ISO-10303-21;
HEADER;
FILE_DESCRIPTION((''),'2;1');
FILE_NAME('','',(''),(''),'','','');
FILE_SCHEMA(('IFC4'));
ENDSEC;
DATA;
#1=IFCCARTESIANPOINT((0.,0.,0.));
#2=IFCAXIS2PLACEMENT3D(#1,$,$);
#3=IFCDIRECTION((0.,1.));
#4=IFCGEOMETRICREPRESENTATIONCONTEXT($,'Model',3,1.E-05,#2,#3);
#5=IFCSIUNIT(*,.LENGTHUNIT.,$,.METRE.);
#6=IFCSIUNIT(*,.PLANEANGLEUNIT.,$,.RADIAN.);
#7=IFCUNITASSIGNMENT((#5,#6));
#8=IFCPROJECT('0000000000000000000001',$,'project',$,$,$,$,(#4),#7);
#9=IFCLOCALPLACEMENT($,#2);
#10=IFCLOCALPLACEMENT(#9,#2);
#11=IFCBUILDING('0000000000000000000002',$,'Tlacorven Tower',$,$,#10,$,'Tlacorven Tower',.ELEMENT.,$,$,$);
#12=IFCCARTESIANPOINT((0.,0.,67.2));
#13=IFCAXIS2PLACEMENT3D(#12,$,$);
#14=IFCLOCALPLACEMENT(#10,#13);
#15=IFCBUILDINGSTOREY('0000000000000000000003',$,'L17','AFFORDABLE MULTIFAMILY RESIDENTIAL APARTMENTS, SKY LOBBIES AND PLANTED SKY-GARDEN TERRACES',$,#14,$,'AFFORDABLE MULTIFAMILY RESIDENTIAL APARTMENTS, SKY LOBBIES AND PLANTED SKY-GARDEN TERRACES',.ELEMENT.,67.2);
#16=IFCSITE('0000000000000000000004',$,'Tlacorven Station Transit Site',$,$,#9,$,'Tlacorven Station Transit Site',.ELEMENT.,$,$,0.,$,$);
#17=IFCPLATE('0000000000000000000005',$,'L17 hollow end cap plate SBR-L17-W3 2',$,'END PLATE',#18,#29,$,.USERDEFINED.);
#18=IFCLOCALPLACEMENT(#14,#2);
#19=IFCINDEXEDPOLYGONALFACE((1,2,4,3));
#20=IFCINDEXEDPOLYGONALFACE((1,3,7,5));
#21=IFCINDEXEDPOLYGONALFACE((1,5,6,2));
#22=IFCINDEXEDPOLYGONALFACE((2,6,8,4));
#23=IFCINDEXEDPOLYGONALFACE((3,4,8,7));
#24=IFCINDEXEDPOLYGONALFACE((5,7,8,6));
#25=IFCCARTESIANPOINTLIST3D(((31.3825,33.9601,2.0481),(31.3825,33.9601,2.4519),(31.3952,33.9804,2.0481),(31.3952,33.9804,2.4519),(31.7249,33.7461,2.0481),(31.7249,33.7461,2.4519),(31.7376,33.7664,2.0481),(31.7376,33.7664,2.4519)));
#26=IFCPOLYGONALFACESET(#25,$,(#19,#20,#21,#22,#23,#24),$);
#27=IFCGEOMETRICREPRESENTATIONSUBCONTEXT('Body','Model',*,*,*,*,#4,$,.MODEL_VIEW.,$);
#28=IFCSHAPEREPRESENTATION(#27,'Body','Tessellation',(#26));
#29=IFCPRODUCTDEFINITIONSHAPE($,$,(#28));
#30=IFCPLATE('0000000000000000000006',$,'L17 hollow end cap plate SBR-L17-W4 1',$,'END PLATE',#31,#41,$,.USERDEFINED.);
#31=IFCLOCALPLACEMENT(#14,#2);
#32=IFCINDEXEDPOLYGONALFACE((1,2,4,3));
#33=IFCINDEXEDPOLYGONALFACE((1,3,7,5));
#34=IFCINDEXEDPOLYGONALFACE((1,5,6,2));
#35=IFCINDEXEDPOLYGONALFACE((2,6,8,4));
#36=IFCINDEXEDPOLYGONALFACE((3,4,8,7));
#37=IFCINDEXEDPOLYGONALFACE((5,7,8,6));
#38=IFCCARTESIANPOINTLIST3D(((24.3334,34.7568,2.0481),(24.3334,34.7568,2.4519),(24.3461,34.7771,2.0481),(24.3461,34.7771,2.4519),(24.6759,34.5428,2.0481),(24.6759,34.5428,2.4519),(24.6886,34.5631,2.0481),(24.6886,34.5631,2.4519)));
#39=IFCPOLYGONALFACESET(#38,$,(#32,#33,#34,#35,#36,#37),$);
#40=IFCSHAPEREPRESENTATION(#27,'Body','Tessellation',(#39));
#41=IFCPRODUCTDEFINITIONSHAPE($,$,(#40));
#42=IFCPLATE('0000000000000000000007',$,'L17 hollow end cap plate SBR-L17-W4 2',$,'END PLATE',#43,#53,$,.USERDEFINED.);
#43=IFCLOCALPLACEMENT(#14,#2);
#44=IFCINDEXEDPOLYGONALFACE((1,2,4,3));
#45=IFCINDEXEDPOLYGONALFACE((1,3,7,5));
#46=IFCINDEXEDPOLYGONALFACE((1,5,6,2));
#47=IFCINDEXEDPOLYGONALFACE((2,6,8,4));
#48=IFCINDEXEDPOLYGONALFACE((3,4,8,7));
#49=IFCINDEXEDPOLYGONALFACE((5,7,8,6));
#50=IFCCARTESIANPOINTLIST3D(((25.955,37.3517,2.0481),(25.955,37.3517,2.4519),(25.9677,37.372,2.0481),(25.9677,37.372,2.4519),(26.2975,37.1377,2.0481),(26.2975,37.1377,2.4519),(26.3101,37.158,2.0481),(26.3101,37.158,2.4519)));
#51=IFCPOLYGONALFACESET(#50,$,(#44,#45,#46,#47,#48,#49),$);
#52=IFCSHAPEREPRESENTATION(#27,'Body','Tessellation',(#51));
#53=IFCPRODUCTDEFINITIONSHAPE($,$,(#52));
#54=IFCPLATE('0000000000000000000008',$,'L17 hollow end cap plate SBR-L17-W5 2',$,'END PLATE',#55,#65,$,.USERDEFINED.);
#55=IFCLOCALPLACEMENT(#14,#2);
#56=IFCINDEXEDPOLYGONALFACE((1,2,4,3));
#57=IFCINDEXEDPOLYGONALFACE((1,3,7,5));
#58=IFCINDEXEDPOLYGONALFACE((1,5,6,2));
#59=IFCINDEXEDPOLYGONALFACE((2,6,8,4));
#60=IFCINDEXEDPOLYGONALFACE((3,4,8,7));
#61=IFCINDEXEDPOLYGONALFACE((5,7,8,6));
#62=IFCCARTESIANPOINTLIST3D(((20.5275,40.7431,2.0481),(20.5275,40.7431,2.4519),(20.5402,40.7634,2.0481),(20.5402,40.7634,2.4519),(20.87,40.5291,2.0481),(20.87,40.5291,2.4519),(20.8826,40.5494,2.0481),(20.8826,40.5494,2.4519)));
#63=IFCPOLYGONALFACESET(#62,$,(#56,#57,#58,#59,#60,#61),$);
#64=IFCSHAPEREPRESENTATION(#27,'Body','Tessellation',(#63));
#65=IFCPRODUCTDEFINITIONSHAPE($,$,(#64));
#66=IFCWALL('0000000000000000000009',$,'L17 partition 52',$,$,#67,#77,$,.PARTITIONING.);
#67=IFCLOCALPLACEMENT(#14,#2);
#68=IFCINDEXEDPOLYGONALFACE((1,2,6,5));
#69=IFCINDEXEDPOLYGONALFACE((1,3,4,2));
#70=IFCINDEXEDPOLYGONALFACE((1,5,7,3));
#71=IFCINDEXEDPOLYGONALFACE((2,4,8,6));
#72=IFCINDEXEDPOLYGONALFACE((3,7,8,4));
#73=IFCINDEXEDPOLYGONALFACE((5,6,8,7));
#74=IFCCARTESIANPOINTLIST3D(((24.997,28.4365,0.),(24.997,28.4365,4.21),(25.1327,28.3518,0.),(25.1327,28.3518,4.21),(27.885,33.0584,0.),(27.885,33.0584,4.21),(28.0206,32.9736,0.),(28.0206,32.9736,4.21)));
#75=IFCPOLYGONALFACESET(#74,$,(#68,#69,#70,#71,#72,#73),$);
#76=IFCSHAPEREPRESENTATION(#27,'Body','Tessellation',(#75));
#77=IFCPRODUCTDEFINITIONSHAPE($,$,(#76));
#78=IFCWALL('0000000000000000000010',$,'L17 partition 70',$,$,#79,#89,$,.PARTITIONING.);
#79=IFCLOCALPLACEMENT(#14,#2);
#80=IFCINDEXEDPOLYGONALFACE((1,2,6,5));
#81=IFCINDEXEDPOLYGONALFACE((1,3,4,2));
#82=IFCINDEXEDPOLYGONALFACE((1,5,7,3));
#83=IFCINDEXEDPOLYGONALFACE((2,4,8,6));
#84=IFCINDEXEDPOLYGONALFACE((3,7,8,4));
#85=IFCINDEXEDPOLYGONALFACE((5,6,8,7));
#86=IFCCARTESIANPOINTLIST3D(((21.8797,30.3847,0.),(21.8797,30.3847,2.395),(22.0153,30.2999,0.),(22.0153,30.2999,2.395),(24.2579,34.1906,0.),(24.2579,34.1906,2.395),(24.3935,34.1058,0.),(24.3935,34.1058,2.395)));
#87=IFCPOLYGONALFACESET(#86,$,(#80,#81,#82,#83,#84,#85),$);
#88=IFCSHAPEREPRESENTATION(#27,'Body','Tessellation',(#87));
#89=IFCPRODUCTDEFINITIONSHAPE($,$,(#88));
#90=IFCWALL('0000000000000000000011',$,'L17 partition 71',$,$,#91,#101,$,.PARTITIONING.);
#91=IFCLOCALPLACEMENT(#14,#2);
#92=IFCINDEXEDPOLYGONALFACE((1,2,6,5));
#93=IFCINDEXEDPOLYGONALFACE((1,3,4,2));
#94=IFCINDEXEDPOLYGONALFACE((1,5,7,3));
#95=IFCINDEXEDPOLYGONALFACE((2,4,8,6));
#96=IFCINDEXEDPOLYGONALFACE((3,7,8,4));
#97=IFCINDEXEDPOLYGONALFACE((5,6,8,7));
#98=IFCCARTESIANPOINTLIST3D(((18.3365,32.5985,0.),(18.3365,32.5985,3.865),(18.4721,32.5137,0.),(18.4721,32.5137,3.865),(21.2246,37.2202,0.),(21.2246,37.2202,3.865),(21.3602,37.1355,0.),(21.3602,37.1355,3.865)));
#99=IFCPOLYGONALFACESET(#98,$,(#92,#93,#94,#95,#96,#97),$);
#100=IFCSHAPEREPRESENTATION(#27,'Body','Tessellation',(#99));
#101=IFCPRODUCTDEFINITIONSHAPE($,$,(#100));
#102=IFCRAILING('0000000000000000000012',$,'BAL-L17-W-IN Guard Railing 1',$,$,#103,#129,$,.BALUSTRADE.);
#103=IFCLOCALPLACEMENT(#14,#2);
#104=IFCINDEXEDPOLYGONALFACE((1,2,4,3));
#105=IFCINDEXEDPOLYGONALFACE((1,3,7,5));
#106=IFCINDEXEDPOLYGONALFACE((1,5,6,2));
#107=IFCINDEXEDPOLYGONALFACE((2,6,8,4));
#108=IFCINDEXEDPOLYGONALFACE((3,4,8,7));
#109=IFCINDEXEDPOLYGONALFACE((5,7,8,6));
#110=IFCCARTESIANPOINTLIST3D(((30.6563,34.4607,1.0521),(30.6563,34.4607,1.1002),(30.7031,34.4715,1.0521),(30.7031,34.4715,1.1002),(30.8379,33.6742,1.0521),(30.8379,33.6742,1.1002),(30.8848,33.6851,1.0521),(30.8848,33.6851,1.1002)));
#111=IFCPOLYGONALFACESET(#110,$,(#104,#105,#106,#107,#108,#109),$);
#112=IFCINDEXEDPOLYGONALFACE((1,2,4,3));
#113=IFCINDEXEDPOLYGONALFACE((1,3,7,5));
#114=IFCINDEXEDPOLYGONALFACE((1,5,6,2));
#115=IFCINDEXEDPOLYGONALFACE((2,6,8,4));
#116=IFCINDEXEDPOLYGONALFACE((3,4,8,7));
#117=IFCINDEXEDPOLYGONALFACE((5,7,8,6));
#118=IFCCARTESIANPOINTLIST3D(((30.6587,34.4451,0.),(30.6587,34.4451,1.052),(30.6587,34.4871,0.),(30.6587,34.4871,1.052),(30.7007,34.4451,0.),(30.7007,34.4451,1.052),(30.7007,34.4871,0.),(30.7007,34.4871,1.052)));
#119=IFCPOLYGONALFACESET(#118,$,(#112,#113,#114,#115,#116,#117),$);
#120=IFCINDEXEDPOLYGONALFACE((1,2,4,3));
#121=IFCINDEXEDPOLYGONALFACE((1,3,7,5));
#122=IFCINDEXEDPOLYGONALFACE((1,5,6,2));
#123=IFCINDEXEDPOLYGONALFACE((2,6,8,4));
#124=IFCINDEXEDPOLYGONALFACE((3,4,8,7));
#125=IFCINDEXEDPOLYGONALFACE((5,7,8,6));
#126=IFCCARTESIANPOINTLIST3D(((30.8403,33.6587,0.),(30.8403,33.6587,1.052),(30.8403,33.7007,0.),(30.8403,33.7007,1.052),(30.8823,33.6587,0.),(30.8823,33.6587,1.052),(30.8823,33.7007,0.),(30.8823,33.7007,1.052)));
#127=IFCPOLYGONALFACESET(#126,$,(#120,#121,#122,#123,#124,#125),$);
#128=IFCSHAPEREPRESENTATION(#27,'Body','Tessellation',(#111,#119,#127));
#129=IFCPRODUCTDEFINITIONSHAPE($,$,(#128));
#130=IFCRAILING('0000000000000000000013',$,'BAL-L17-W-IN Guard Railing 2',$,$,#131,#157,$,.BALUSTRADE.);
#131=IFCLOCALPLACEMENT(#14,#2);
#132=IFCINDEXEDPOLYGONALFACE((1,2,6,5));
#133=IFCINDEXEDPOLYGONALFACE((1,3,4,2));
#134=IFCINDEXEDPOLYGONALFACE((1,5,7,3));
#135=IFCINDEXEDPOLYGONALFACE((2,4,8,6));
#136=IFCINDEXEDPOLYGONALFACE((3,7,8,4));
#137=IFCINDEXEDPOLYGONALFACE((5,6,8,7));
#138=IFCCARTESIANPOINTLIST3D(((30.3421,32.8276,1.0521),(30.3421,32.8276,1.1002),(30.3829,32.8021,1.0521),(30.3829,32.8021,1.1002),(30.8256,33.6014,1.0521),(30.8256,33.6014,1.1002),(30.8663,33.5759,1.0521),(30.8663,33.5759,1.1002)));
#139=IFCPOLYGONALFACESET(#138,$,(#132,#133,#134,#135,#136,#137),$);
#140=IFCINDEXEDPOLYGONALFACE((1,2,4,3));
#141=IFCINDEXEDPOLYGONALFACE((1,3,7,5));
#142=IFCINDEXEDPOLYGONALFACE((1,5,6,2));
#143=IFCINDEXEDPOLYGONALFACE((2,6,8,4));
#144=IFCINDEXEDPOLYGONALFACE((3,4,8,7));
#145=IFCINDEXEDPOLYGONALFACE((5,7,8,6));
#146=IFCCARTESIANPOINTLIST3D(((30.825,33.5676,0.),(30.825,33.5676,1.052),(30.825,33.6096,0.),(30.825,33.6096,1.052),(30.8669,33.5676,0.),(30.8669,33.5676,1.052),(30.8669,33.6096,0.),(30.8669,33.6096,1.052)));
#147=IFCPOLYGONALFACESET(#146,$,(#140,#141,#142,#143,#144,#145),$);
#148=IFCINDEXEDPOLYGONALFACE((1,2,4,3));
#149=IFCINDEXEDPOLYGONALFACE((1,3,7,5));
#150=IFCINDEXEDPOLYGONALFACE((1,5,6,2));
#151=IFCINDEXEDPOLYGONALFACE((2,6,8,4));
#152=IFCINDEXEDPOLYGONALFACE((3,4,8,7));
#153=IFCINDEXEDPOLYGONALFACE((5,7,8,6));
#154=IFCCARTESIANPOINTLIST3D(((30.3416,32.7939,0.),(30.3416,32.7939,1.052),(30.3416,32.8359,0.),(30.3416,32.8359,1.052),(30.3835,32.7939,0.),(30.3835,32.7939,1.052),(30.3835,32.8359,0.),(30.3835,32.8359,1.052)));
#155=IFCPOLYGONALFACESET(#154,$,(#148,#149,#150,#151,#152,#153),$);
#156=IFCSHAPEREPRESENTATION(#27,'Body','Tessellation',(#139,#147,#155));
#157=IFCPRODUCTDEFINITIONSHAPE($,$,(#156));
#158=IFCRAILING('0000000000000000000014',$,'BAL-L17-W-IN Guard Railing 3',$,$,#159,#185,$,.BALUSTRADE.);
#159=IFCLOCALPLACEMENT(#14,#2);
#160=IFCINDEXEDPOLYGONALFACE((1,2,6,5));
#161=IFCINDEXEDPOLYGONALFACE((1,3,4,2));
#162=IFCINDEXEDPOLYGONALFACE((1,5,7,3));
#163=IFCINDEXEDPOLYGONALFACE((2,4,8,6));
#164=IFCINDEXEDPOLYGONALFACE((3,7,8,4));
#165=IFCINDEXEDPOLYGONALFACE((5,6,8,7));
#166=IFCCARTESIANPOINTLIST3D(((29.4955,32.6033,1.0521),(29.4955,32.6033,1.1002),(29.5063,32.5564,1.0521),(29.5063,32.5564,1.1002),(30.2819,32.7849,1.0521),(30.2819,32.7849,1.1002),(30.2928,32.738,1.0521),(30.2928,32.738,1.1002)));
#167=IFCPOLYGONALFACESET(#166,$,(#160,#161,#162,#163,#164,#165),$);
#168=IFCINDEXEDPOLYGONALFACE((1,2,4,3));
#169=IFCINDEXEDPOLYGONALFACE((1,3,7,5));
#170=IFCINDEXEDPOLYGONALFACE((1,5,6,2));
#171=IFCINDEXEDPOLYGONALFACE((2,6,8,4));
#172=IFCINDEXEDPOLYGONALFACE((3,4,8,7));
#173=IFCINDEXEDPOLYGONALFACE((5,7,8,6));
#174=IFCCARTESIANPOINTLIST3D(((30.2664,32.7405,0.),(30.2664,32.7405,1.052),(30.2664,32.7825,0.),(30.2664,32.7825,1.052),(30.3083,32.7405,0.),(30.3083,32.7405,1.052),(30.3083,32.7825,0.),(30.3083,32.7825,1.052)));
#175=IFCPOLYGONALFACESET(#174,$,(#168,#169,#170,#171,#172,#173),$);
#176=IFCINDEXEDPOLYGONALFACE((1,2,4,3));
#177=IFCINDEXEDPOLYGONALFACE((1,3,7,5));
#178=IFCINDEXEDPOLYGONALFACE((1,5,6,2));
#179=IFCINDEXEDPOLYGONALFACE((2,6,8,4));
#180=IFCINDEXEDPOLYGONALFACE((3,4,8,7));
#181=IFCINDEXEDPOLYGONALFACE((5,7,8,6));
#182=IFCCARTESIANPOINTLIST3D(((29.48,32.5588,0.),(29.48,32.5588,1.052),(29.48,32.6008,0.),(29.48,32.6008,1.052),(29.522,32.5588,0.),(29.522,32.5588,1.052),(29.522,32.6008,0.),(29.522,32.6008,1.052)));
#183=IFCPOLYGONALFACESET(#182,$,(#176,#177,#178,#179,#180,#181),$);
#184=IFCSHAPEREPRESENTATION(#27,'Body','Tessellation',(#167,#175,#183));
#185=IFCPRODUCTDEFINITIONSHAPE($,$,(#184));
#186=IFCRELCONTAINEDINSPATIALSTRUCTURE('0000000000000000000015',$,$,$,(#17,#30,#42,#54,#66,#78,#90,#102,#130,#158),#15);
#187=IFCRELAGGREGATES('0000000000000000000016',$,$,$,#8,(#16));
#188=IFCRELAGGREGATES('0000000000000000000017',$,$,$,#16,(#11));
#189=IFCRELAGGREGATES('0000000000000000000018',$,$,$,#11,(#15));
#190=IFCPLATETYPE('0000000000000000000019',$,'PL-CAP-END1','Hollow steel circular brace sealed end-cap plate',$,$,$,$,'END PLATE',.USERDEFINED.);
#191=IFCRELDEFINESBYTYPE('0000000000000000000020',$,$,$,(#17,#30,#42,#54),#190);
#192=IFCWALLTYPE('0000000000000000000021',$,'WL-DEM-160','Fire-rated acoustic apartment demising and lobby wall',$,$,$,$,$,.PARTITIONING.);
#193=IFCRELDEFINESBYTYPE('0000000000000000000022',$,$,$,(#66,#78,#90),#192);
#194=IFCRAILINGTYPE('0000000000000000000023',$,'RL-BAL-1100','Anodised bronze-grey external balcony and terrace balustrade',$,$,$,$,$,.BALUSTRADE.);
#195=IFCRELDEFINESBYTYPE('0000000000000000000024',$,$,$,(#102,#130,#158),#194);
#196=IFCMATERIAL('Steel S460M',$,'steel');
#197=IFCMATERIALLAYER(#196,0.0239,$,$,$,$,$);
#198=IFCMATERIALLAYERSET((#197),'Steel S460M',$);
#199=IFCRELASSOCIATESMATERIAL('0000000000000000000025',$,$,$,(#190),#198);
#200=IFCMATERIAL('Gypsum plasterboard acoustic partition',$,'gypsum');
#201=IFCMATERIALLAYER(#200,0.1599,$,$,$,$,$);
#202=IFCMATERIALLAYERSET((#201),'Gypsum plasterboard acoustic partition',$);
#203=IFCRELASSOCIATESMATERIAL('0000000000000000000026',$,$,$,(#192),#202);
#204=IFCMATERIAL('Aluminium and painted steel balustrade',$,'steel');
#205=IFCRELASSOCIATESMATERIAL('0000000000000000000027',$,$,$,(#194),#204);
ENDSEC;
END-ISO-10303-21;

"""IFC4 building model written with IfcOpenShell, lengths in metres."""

from ifc_helpers import new_model, si_unit, direction, frame, frame_2d, origin, origin_2d, place, context, subcontext, project, spatial, rectangle, extrude, source, transform, mapped, material, layer, layer_set, type_object, element, save


model = new_model("IFC4")

# Units and contexts
model_context = context("Model", 3, precision=1e-05, world=origin(), true_north=direction((0.0, 1.0)))
body_context = subcontext(model_context, "Body", "Model", "MODEL_VIEW")
ifc_project = project(units=[si_unit("LENGTHUNIT", "METRE"), si_unit("PLANEANGLEUNIT", "RADIAN")], contexts=[model_context])

# Site, building, storey
site_placement = place(None, origin())
site = spatial("IfcSite", under=ifc_project, at=site_placement, Name="Tlacorven Station Transit Site", LongName="Tlacorven Station Transit Site", CompositionType="ELEMENT", RefElevation=0.0)
building_placement = place(site_placement, origin())
building = spatial("IfcBuilding", under=site, at=building_placement, Name="Tlacorven Tower", LongName="Tlacorven Tower", CompositionType="ELEMENT")
storey_placement = place(building_placement, frame((0.0, 0.0, 67.2)))
storey = spatial("IfcBuildingStorey", under=building, at=storey_placement, Name="L17", Description="AFFORDABLE MULTIFAMILY RESIDENTIAL APARTMENTS, SKY LOBBIES AND PLANTED SKY-GARDEN TERRACES", LongName="AFFORDABLE MULTIFAMILY RESIDENTIAL APARTMENTS, SKY LOBBIES AND PLANTED SKY-GARDEN TERRACES", CompositionType="ELEMENT", Elevation=67.2)

# Shared definitions
ifc_material_1 = material(Name="Steel S460M", Category="steel")

# Plates
ifc_layer_1 = layer(ifc_material_1, 0.0239)
ifc_layer_set_1 = layer_set([ifc_layer_1], Name="Steel S460M")
plate_type_1 = type_object("IfcPlateType", Name="PL-CAP-END1", Description="Hollow steel circular brace sealed end-cap plate", ElementType="END PLATE", PredefinedType="USERDEFINED", material=ifc_layer_set_1)
shared_shape_1 = source(origin(), body_context, "Body", "SweptSolid", [
    extrude(rectangle(XDim=0.0239, YDim=0.4038, at=origin_2d()), origin(), (0.0, 0.0, 1.0), 0.4038),
])
for number, where, z_axis, x_axis, name in (
    (1, (31.5601, 33.8633, 2.0481), (0.0, 0.0, 1.0), (0.529919, 0.848048, 0.0), "L17 hollow end cap plate SBR-L17-W3 2"),
    (2, (24.511, 34.6599, 2.0481), (0.0, 0.0, 1.0), (0.529919, 0.848048, 0.0), "L17 hollow end cap plate SBR-L17-W4 1"),
    (3, (26.1326, 37.2549, 2.0481), (0.0, 0.0, 1.0), (0.529919, 0.848048, 0.0), "L17 hollow end cap plate SBR-L17-W4 2"),
    (4, (20.7051, 40.6462, 2.0481), (0.0, 0.0, 1.0), (0.529921, 0.848047, 0.0), "L17 hollow end cap plate SBR-L17-W5 2"),
):
    element("IfcPlate", number, at=place(storey_placement, frame(where, z_axis=z_axis, x_axis=x_axis)), inside=storey, type_object=plate_type_1, Name=name, ObjectType="END PLATE", PredefinedType="USERDEFINED", context=body_context, shape_type="MappedRepresentation", body=[
        mapped(shared_shape_1, transform((0.0, 0.0, 0.0), scale=1.0)),
    ])

# Walls
ifc_material_2 = material(Name="Gypsum plasterboard acoustic partition", Category="gypsum")
ifc_layer_2 = layer(ifc_material_2, 0.1599)
ifc_layer_set_2 = layer_set([ifc_layer_2], Name="Gypsum plasterboard acoustic partition")
wall_type = type_object("IfcWallType", Name="WL-DEM-160", Description="Fire-rated acoustic apartment demising and lobby wall", PredefinedType="PARTITIONING", material=ifc_layer_set_2)
wall_1_placement = place(storey_placement, frame((27.9529, 33.0161, 0.0), z_axis=(0.0, 0.0, 1.0), x_axis=(-0.529906, -0.848056, 0.0)))
element("IfcWall", 5, at=wall_1_placement, inside=storey, type_object=wall_type, Name="L17 partition 52", PredefinedType="PARTITIONING", context=body_context, shape_type="SweptSolid", body=[
    extrude(rectangle(XDim=5.45, YDim=0.1599, at=frame_2d((2.7251, 0.0))), origin(), (0.0, 0.0, 1.0), 4.21),
])
wall_2_placement = place(storey_placement, frame((24.3257, 34.1482, 0.0), z_axis=(0.0, 0.0, 1.0), x_axis=(-0.529916, -0.84805, 0.0)))
element("IfcWall", 6, at=wall_2_placement, inside=storey, type_object=wall_type, Name="L17 partition 70", PredefinedType="PARTITIONING", context=body_context, shape_type="SweptSolid", body=[
    extrude(rectangle(XDim=4.4878, YDim=0.1599, at=frame_2d((2.2439, 0.0))), origin(), (0.0, 0.0, 1.0), 2.395),
])
wall_3_placement = place(storey_placement, frame((21.2925, 37.178, 0.0), z_axis=(0.0, 0.0, 1.0), x_axis=(-0.529939, -0.848036, 0.0)))
element("IfcWall", 7, at=wall_3_placement, inside=storey, type_object=wall_type, Name="L17 partition 71", PredefinedType="PARTITIONING", context=body_context, shape_type="SweptSolid", body=[
    extrude(rectangle(XDim=5.45, YDim=0.1599, at=frame_2d((2.7251, 0.0))), origin(), (0.0, 0.0, 1.0), 3.865),
])

# Railings
ifc_material_3 = material(Name="Aluminium and painted steel balustrade", Category="steel")
railing_type = type_object("IfcRailingType", Name="RL-BAL-1100", Description="Anodised bronze-grey external balcony and terrace balustrade", PredefinedType="BALUSTRADE", material=ifc_material_3)
shared_shape_2 = source(origin(), body_context, "Body", "SweptSolid", [
    extrude(rectangle(XDim=0.0481, YDim=0.0481, at=origin_2d()), frame((0.0, 0.0, 1.0762), z_axis=(0.225058, -0.974345, 0.0), x_axis=(0.974345, 0.225058, 0.0)), (0.0, 0.0, 1.0), 0.8071),
    extrude(rectangle(XDim=0.042, YDim=0.042, at=origin_2d()), origin(), (0.0, 0.0, 1.0), 1.052),
    extrude(rectangle(XDim=0.042, YDim=0.042, at=origin_2d()), frame((0.1816, -0.7864, 0.0)), (0.0, 0.0, 1.0), 1.052),
])
railing_1_placement = place(storey_placement, frame((30.6797, 34.4661, 0.0)))
element("IfcRailing", 8, at=railing_1_placement, inside=storey, type_object=railing_type, Name="BAL-L17-W-IN Guard Railing 1", PredefinedType="BALUSTRADE", context=body_context, shape_type="MappedRepresentation", body=[
    mapped(shared_shape_2, transform((0.0, 0.0, 0.0), scale=1.0)),
])
shared_shape_3 = source(origin(), body_context, "Body", "SweptSolid", [
    extrude(rectangle(XDim=0.0481, YDim=0.0481, at=origin_2d()), frame((0.0, 0.0, 1.0762), z_axis=(-0.529879, -0.848073, 0.0), x_axis=(0.848073, -0.529879, 0.0)), (0.0, 0.0, 1.0), 0.9124),
    extrude(rectangle(XDim=0.042, YDim=0.042, at=origin_2d()), origin(), (0.0, 0.0, 1.0), 1.052),
    extrude(rectangle(XDim=0.042, YDim=0.042, at=origin_2d()), frame((-0.4834, -0.7737, 0.0)), (0.0, 0.0, 1.0), 1.052),
])
railing_2_placement = place(storey_placement, frame((30.8459, 33.5886, 0.0)))
element("IfcRailing", 9, at=railing_2_placement, inside=storey, type_object=railing_type, Name="BAL-L17-W-IN Guard Railing 2", PredefinedType="BALUSTRADE", context=body_context, shape_type="MappedRepresentation", body=[
    mapped(shared_shape_3, transform((0.0, 0.0, 0.0), scale=1.0)),
])
shared_shape_4 = source(origin(), body_context, "Body", "SweptSolid", [
    extrude(rectangle(XDim=0.0481, YDim=0.0481, at=origin_2d()), frame((0.0, 0.0, 1.0762), z_axis=(-0.974345, -0.225058, 0.0), x_axis=(0.225058, -0.974345, 0.0)), (0.0, 0.0, 1.0), 0.8071),
    extrude(rectangle(XDim=0.042, YDim=0.042, at=origin_2d()), origin(), (0.0, 0.0, 1.0), 1.052),
    extrude(rectangle(XDim=0.042, YDim=0.042, at=origin_2d()), frame((-0.7864, -0.1816, 0.0)), (0.0, 0.0, 1.0), 1.052),
])
railing_3_placement = place(storey_placement, frame((30.2874, 32.7615, 0.0)))
element("IfcRailing", 10, at=railing_3_placement, inside=storey, type_object=railing_type, Name="BAL-L17-W-IN Guard Railing 3", PredefinedType="BALUSTRADE", context=body_context, shape_type="MappedRepresentation", body=[
    mapped(shared_shape_4, transform((0.0, 0.0, 0.0), scale=1.0)),
])

save(model, "model.ifc")
